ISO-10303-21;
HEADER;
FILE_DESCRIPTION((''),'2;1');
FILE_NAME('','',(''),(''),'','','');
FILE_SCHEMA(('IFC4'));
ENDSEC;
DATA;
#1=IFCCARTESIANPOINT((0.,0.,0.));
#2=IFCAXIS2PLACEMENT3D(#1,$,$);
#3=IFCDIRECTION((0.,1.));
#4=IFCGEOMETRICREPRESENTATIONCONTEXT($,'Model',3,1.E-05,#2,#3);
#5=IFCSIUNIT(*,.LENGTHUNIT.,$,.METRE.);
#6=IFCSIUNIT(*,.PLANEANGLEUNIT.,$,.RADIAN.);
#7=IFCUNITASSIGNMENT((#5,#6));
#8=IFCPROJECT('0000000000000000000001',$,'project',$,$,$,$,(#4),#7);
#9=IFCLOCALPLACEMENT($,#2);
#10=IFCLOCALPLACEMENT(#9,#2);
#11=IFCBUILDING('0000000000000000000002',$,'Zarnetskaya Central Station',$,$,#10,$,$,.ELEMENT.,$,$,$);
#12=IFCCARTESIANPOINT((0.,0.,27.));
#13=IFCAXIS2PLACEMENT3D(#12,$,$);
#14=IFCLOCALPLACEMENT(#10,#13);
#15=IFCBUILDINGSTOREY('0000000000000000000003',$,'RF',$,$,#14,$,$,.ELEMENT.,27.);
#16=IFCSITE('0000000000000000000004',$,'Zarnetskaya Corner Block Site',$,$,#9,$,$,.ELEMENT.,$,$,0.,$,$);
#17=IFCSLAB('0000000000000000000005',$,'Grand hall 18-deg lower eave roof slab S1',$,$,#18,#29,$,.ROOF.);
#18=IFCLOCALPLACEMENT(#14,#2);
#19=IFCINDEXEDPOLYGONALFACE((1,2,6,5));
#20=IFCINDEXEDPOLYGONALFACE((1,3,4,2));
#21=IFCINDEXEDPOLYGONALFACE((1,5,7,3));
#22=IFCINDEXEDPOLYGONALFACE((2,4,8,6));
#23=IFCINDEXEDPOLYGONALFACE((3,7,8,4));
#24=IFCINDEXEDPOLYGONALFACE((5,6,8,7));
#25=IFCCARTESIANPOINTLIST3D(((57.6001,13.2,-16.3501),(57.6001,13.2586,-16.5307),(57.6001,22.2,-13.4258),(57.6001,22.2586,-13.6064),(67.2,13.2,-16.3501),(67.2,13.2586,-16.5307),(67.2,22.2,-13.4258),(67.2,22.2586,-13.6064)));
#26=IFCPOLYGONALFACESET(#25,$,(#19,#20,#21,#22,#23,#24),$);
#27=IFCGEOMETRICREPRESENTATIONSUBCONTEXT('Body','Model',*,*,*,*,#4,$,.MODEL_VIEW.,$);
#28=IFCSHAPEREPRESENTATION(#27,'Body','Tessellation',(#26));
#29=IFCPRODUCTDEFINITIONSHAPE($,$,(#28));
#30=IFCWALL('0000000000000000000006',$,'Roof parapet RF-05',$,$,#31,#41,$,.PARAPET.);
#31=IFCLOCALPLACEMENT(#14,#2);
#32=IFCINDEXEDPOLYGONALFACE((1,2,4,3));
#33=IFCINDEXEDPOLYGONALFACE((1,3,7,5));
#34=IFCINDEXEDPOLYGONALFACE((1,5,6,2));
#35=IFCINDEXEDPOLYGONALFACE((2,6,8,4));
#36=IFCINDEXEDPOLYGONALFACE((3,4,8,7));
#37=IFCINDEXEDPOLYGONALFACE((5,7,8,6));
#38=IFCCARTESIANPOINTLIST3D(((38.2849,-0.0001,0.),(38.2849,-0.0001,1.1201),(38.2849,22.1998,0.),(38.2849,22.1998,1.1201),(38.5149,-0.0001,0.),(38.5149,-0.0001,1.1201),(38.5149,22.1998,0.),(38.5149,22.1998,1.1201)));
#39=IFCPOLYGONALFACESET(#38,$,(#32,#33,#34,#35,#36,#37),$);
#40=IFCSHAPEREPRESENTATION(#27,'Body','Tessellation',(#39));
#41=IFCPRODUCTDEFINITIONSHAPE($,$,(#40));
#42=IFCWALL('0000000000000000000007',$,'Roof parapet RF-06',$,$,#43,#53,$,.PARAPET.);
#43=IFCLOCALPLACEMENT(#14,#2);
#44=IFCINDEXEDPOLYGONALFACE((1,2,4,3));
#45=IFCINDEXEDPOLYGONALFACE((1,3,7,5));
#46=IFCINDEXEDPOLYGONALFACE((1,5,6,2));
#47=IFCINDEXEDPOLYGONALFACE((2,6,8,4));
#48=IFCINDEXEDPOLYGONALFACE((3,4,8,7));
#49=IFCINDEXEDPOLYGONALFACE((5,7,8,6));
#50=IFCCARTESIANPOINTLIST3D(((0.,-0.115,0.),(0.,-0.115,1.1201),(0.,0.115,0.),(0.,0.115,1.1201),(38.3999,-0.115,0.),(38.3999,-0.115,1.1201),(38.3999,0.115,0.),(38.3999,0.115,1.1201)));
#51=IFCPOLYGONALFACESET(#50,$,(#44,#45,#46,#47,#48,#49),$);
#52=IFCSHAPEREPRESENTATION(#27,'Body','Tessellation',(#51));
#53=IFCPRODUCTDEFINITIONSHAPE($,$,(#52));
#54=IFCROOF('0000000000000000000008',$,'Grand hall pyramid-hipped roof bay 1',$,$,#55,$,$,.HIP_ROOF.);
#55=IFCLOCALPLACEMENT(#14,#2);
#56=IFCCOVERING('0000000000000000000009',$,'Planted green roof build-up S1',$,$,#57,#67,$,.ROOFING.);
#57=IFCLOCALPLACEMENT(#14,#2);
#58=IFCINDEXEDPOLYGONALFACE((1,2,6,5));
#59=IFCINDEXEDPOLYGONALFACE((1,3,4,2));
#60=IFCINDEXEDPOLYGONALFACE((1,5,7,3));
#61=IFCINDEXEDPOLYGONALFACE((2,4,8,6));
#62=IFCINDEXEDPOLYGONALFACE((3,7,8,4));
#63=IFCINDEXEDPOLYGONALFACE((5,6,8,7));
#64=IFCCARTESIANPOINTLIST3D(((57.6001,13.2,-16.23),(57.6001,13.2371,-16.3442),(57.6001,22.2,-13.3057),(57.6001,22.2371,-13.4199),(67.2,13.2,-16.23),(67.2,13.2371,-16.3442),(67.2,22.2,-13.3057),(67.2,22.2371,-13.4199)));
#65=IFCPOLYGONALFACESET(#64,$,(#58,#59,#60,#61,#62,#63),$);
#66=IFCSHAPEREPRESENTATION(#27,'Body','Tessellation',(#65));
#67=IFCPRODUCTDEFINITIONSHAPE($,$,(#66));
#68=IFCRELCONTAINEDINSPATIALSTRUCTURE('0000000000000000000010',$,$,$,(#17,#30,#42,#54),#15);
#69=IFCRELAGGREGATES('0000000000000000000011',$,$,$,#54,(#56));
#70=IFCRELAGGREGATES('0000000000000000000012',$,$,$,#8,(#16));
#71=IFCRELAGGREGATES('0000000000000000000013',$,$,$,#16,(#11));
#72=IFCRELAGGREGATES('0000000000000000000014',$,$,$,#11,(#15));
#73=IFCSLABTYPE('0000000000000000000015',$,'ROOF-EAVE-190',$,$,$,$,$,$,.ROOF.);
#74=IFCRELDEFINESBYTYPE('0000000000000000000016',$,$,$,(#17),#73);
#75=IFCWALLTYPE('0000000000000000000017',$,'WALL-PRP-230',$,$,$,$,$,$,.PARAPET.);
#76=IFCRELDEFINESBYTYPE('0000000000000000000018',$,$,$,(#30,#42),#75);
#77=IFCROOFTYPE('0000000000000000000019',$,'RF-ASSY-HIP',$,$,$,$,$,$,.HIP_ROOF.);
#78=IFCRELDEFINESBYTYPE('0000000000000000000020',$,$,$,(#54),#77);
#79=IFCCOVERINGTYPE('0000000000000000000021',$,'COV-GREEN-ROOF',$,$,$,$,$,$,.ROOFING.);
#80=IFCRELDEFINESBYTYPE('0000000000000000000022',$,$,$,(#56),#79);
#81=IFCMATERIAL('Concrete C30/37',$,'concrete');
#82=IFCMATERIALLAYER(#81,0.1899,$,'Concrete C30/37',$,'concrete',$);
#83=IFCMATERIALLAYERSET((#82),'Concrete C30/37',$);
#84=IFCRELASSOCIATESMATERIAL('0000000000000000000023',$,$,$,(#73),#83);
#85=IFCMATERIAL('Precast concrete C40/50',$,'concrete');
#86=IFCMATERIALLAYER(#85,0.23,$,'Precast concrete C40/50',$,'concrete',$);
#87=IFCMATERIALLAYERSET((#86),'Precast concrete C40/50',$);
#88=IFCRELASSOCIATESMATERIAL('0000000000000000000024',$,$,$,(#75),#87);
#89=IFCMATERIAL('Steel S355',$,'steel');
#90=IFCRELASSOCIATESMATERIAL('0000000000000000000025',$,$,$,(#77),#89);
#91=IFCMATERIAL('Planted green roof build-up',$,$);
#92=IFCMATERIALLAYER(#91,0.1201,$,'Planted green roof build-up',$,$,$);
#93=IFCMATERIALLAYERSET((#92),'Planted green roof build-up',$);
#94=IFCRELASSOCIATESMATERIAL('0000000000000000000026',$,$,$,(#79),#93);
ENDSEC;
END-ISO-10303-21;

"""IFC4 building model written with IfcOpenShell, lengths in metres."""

from ifc_helpers import new_model, si_unit, direction, frame, frame_2d, origin, place, context, subcontext, project, spatial, polyline, rectangle, outline, extrude, material, layer, layer_set, type_object, element, aggregate, save


model = new_model("IFC4")

# Units and contexts
model_context = context("Model", 3, precision=1e-05, world=origin(), true_north=direction((0.0, 1.0)))
body_context = subcontext(model_context, "Body", "Model", "MODEL_VIEW")
ifc_project = project(units=[si_unit("LENGTHUNIT", "METRE"), si_unit("PLANEANGLEUNIT", "RADIAN")], contexts=[model_context])

# Site, building, storey
site_placement = place(None, origin())
site = spatial("IfcSite", under=ifc_project, at=site_placement, Name="Zarnetskaya Corner Block Site", CompositionType="ELEMENT", RefElevation=0.0)
building_placement = place(site_placement, origin())
building = spatial("IfcBuilding", under=site, at=building_placement, Name="Zarnetskaya Central Station", CompositionType="ELEMENT")
storey_placement = place(building_placement, frame((0.0, 0.0, 27.0)))
storey = spatial("IfcBuildingStorey", under=building, at=storey_placement, Name="RF", CompositionType="ELEMENT", Elevation=27.0)

# Shared definitions
ifc_material_1 = material(Name="Steel S355", Category="steel")

# Slab
ifc_material_2 = material(Name="Concrete C30/37", Category="concrete")
ifc_layer_1 = layer(ifc_material_2, 0.1899, Name="Concrete C30/37", Category="concrete")
ifc_layer_set_1 = layer_set([ifc_layer_1], Name="Concrete C30/37")
slab_type = type_object("IfcSlabType", Name="ROOF-EAVE-190", PredefinedType="ROOF", material=ifc_layer_set_1)
slab_placement = place(storey_placement, frame((57.6001, 13.2, -16.3501), z_axis=(0.0, -0.309021, 0.951055), x_axis=(1.0, 0.0, 0.0)))
element("IfcSlab", 1, at=slab_placement, inside=storey, type_object=slab_type, Name="Grand hall 18-deg lower eave roof slab S1", PredefinedType="ROOF", context=body_context, shape_type="SweptSolid", body=[
    extrude(outline(polyline([(0.0, 0.0), (9.5999, 0.0), (9.5999, 9.4632), (0.0, 9.4632), (0.0, 0.0)])), origin(), (0.0, 0.0, -1.0), 0.1899),
])

# Walls
ifc_material_3 = material(Name="Precast concrete C40/50", Category="concrete")
ifc_layer_2 = layer(ifc_material_3, 0.23, Name="Precast concrete C40/50", Category="concrete")
ifc_layer_set_2 = layer_set([ifc_layer_2], Name="Precast concrete C40/50")
wall_type = type_object("IfcWallType", Name="WALL-PRP-230", PredefinedType="PARAPET", material=ifc_layer_set_2)
wall_1_placement = place(storey_placement, frame((38.3999, 22.2, 0.0), z_axis=(0.0, 0.0, 1.0), x_axis=(0.0, -1.0, 0.0)))
element("IfcWall", 2, at=wall_1_placement, inside=storey, type_object=wall_type, Name="Roof parapet RF-05", PredefinedType="PARAPET", context=body_context, shape_type="SweptSolid", body=[
    extrude(rectangle(XDim=22.2, YDim=0.23, at=frame_2d((11.1001, 0.0))), origin(), (0.0, 0.0, 1.0), 1.1201),
])
wall_2_placement = place(storey_placement, frame((38.3999, 0.0, 0.0), z_axis=(0.0, 0.0, 1.0), x_axis=(-1.0, 0.0, 0.0)))
element("IfcWall", 3, at=wall_2_placement, inside=storey, type_object=wall_type, Name="Roof parapet RF-06", PredefinedType="PARAPET", context=body_context, shape_type="SweptSolid", body=[
    extrude(rectangle(XDim=38.3999, YDim=0.23, at=frame_2d((19.2, 0.0))), origin(), (0.0, 0.0, 1.0), 1.1201),
])

# Roof, covering
roof_type = type_object("IfcRoofType", Name="RF-ASSY-HIP", PredefinedType="HIP_ROOF", material=ifc_material_1)
roof_placement = place(storey_placement, origin())
roof = element("IfcRoof", 4, at=roof_placement, inside=storey, type_object=roof_type, Name="Grand hall pyramid-hipped roof bay 1", PredefinedType="HIP_ROOF")
ifc_material_4 = material(Name="Planted green roof build-up")
ifc_layer_3 = layer(ifc_material_4, 0.1201, Name="Planted green roof build-up")
ifc_layer_set_3 = layer_set([ifc_layer_3], Name="Planted green roof build-up")
covering_type = type_object("IfcCoveringType", Name="COV-GREEN-ROOF", PredefinedType="ROOFING", material=ifc_layer_set_3)
covering_placement = place(storey_placement, frame((57.6001, 13.2, -16.23), z_axis=(0.0, -0.309021, 0.951055), x_axis=(1.0, 0.0, 0.0)))
covering = element("IfcCovering", 5, at=covering_placement, type_object=covering_type, Name="Planted green roof build-up S1", PredefinedType="ROOFING", context=body_context, shape_type="SweptSolid", body=[
    extrude(outline(polyline([(0.0, 0.0), (9.5999, 0.0), (9.5999, 9.4632), (0.0, 9.4632), (0.0, 0.0)])), origin(), (0.0, 0.0, -1.0), 0.1201),
])
aggregate(roof, [covering])

save(model, "model.ifc")
